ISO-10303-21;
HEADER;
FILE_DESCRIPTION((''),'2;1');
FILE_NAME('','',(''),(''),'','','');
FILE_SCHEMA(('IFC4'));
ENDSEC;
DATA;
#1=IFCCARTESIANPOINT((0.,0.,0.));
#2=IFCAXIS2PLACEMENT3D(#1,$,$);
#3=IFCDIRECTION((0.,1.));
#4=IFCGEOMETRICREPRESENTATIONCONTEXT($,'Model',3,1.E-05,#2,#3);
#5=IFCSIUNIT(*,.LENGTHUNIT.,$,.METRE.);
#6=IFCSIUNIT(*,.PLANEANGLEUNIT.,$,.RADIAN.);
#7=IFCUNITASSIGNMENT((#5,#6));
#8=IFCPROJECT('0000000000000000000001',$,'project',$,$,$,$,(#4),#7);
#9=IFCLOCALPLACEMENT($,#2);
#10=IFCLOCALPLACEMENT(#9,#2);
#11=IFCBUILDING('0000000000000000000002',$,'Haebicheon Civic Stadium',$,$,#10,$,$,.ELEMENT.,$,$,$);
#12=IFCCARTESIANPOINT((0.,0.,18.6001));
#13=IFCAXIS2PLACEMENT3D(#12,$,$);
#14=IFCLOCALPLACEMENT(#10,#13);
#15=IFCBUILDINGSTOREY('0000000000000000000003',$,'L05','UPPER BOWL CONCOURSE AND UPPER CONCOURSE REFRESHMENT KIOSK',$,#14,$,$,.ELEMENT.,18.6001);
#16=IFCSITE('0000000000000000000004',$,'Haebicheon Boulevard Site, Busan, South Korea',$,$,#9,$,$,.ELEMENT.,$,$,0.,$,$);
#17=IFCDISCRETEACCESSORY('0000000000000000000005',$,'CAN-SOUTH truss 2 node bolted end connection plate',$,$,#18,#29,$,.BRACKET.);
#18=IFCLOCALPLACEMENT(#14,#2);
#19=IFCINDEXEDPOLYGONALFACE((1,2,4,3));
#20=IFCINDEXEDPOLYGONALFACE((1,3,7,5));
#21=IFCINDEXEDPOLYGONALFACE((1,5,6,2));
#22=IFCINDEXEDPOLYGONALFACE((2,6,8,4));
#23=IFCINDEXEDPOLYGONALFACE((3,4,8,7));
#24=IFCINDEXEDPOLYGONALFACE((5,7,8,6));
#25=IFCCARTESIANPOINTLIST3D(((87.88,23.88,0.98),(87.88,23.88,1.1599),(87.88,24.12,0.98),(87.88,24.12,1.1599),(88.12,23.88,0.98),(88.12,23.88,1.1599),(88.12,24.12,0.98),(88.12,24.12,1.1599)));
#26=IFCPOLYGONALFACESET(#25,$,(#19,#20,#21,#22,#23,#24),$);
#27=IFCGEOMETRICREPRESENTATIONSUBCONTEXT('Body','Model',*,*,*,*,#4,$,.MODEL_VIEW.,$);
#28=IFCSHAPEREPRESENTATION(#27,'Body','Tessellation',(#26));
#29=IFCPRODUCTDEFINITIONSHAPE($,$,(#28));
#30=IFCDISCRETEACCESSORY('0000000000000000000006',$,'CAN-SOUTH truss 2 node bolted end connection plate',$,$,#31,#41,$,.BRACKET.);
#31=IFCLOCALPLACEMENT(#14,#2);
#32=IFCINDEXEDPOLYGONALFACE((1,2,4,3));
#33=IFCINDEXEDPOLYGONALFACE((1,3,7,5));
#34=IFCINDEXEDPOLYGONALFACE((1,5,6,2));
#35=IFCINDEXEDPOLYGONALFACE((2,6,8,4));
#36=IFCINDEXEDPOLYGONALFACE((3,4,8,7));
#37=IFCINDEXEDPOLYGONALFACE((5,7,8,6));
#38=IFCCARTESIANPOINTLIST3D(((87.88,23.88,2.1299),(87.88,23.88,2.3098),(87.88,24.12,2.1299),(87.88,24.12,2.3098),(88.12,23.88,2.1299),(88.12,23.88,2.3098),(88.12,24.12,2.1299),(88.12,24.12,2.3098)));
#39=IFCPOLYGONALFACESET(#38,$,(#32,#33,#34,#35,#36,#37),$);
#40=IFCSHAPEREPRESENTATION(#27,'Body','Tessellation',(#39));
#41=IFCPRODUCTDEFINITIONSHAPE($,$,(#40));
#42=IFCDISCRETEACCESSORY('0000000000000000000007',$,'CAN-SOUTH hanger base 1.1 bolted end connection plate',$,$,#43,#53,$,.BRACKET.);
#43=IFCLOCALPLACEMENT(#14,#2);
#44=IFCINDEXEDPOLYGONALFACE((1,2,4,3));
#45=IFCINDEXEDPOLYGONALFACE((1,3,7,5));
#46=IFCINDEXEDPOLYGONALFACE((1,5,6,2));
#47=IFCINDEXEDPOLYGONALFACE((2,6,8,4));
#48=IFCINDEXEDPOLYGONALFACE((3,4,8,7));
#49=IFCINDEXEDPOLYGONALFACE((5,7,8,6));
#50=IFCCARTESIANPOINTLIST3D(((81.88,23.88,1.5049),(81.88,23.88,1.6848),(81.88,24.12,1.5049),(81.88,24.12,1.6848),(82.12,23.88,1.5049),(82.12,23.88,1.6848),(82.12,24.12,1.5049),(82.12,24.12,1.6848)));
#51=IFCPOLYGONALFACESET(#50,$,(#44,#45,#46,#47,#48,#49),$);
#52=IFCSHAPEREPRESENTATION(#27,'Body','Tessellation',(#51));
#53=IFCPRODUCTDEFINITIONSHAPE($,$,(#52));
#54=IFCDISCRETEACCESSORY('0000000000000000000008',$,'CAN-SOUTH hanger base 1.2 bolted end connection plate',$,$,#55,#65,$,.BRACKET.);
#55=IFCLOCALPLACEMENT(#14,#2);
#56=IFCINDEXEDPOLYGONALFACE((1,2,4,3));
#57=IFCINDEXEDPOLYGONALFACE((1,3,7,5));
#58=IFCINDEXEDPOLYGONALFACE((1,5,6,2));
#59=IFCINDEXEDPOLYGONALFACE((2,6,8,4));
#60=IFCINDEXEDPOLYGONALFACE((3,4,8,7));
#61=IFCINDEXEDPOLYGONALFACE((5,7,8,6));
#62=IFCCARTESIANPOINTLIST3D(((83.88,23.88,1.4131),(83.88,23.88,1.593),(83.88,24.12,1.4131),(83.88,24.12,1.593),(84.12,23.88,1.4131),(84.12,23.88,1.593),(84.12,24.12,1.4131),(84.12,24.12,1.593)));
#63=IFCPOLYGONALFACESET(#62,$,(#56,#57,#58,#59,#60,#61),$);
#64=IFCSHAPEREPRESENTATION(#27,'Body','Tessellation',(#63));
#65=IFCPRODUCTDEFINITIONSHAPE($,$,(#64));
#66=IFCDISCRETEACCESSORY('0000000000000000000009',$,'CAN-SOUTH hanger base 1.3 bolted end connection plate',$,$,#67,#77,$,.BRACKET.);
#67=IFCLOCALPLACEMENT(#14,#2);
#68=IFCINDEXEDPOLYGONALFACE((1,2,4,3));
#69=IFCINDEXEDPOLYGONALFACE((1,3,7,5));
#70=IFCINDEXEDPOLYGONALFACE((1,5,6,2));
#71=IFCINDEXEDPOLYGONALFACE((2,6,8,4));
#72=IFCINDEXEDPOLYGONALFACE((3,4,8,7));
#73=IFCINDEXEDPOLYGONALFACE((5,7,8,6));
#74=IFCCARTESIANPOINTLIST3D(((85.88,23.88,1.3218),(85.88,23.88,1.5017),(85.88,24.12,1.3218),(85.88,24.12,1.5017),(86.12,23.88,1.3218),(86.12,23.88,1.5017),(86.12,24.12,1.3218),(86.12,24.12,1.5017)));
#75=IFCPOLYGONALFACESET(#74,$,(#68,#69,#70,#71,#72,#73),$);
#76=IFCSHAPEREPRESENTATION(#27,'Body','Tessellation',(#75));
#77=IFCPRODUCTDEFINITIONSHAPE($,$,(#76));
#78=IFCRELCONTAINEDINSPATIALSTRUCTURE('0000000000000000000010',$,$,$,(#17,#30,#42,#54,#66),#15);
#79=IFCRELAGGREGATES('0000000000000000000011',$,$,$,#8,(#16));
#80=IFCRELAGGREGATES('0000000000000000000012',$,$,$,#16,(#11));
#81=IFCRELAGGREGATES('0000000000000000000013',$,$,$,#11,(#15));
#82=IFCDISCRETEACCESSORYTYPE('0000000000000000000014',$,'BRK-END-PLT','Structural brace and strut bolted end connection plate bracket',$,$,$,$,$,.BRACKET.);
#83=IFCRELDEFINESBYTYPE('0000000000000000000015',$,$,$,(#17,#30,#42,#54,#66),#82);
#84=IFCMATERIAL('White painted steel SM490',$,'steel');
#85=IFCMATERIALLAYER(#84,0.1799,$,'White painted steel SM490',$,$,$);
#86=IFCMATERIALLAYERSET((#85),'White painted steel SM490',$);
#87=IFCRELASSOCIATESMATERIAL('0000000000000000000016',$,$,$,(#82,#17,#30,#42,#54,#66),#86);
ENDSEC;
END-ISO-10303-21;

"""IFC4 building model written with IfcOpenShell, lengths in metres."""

from ifc_helpers import new_model, si_unit, direction, frame, origin, origin_2d, place, context, subcontext, project, spatial, rectangle, extrude, material, layer, layer_set, type_object, element, save


model = new_model("IFC4")

# Units and contexts
model_context = context("Model", 3, precision=1e-05, world=origin(), true_north=direction((0.0, 1.0)))
body_context = subcontext(model_context, "Body", "Model", "MODEL_VIEW")
ifc_project = project(units=[si_unit("LENGTHUNIT", "METRE"), si_unit("PLANEANGLEUNIT", "RADIAN")], contexts=[model_context])

# Site, building, storey
site_placement = place(None, origin())
site = spatial("IfcSite", under=ifc_project, at=site_placement, Name="Haebicheon Boulevard Site, Busan, South Korea", CompositionType="ELEMENT", RefElevation=0.0)
building_placement = place(site_placement, origin())
building = spatial("IfcBuilding", under=site, at=building_placement, Name="Haebicheon Civic Stadium", CompositionType="ELEMENT")
storey_placement = place(building_placement, frame((0.0, 0.0, 18.6001)))
storey = spatial("IfcBuildingStorey", under=building, at=storey_placement, Name="L05", Description="UPPER BOWL CONCOURSE AND UPPER CONCOURSE REFRESHMENT KIOSK", CompositionType="ELEMENT", Elevation=18.6001)

# Discrete accessories
ifc_material_1 = material(Name="White painted steel SM490", Category="steel")
ifc_layer_1 = layer(ifc_material_1, 0.1799, Name="White painted steel SM490")
ifc_layer_set_1 = layer_set([ifc_layer_1], Name="White painted steel SM490")
discrete_accessory_type = type_object("IfcDiscreteAccessoryType", Name="BRK-END-PLT", Description="Structural brace and strut bolted end connection plate bracket", PredefinedType="BRACKET", material=ifc_layer_set_1)
for number, where, z_axis, x_axis, name in (
    (1, (88.0, 24.0, 0.98), (0.0, 0.0, 1.0), (1.0, 0.0, 0.0), "CAN-SOUTH truss 2 node bolted end connection plate"),
    (2, (88.0, 24.0, 2.1299), (0.0, 0.0, 1.0), (1.0, 0.0, 0.0), "CAN-SOUTH truss 2 node bolted end connection plate"),
    (3, (82.0, 24.0, 1.5049), (0.0, 0.0, 1.0), (1.0, 0.0, 0.0), "CAN-SOUTH hanger base 1.1 bolted end connection plate"),
    (4, (84.0, 24.0, 1.4131), (0.0, 0.0, 1.0), (1.0, 0.0, 0.0), "CAN-SOUTH hanger base 1.2 bolted end connection plate"),
    (5, (86.0, 24.0, 1.3218), (0.0, 0.0, 1.0), (1.0, 0.0, 0.0), "CAN-SOUTH hanger base 1.3 bolted end connection plate"),
):
    element("IfcDiscreteAccessory", number, at=place(storey_placement, frame(where, z_axis=z_axis, x_axis=x_axis)), inside=storey, type_object=discrete_accessory_type, material=ifc_layer_set_1, Name=name, PredefinedType="BRACKET", context=body_context, shape_type="SweptSolid", body=[
        extrude(rectangle(XDim=0.24, YDim=0.24, at=origin_2d()), origin(), (0.0, 0.0, 1.0), 0.1799),
    ])

save(model, "model.ifc")
